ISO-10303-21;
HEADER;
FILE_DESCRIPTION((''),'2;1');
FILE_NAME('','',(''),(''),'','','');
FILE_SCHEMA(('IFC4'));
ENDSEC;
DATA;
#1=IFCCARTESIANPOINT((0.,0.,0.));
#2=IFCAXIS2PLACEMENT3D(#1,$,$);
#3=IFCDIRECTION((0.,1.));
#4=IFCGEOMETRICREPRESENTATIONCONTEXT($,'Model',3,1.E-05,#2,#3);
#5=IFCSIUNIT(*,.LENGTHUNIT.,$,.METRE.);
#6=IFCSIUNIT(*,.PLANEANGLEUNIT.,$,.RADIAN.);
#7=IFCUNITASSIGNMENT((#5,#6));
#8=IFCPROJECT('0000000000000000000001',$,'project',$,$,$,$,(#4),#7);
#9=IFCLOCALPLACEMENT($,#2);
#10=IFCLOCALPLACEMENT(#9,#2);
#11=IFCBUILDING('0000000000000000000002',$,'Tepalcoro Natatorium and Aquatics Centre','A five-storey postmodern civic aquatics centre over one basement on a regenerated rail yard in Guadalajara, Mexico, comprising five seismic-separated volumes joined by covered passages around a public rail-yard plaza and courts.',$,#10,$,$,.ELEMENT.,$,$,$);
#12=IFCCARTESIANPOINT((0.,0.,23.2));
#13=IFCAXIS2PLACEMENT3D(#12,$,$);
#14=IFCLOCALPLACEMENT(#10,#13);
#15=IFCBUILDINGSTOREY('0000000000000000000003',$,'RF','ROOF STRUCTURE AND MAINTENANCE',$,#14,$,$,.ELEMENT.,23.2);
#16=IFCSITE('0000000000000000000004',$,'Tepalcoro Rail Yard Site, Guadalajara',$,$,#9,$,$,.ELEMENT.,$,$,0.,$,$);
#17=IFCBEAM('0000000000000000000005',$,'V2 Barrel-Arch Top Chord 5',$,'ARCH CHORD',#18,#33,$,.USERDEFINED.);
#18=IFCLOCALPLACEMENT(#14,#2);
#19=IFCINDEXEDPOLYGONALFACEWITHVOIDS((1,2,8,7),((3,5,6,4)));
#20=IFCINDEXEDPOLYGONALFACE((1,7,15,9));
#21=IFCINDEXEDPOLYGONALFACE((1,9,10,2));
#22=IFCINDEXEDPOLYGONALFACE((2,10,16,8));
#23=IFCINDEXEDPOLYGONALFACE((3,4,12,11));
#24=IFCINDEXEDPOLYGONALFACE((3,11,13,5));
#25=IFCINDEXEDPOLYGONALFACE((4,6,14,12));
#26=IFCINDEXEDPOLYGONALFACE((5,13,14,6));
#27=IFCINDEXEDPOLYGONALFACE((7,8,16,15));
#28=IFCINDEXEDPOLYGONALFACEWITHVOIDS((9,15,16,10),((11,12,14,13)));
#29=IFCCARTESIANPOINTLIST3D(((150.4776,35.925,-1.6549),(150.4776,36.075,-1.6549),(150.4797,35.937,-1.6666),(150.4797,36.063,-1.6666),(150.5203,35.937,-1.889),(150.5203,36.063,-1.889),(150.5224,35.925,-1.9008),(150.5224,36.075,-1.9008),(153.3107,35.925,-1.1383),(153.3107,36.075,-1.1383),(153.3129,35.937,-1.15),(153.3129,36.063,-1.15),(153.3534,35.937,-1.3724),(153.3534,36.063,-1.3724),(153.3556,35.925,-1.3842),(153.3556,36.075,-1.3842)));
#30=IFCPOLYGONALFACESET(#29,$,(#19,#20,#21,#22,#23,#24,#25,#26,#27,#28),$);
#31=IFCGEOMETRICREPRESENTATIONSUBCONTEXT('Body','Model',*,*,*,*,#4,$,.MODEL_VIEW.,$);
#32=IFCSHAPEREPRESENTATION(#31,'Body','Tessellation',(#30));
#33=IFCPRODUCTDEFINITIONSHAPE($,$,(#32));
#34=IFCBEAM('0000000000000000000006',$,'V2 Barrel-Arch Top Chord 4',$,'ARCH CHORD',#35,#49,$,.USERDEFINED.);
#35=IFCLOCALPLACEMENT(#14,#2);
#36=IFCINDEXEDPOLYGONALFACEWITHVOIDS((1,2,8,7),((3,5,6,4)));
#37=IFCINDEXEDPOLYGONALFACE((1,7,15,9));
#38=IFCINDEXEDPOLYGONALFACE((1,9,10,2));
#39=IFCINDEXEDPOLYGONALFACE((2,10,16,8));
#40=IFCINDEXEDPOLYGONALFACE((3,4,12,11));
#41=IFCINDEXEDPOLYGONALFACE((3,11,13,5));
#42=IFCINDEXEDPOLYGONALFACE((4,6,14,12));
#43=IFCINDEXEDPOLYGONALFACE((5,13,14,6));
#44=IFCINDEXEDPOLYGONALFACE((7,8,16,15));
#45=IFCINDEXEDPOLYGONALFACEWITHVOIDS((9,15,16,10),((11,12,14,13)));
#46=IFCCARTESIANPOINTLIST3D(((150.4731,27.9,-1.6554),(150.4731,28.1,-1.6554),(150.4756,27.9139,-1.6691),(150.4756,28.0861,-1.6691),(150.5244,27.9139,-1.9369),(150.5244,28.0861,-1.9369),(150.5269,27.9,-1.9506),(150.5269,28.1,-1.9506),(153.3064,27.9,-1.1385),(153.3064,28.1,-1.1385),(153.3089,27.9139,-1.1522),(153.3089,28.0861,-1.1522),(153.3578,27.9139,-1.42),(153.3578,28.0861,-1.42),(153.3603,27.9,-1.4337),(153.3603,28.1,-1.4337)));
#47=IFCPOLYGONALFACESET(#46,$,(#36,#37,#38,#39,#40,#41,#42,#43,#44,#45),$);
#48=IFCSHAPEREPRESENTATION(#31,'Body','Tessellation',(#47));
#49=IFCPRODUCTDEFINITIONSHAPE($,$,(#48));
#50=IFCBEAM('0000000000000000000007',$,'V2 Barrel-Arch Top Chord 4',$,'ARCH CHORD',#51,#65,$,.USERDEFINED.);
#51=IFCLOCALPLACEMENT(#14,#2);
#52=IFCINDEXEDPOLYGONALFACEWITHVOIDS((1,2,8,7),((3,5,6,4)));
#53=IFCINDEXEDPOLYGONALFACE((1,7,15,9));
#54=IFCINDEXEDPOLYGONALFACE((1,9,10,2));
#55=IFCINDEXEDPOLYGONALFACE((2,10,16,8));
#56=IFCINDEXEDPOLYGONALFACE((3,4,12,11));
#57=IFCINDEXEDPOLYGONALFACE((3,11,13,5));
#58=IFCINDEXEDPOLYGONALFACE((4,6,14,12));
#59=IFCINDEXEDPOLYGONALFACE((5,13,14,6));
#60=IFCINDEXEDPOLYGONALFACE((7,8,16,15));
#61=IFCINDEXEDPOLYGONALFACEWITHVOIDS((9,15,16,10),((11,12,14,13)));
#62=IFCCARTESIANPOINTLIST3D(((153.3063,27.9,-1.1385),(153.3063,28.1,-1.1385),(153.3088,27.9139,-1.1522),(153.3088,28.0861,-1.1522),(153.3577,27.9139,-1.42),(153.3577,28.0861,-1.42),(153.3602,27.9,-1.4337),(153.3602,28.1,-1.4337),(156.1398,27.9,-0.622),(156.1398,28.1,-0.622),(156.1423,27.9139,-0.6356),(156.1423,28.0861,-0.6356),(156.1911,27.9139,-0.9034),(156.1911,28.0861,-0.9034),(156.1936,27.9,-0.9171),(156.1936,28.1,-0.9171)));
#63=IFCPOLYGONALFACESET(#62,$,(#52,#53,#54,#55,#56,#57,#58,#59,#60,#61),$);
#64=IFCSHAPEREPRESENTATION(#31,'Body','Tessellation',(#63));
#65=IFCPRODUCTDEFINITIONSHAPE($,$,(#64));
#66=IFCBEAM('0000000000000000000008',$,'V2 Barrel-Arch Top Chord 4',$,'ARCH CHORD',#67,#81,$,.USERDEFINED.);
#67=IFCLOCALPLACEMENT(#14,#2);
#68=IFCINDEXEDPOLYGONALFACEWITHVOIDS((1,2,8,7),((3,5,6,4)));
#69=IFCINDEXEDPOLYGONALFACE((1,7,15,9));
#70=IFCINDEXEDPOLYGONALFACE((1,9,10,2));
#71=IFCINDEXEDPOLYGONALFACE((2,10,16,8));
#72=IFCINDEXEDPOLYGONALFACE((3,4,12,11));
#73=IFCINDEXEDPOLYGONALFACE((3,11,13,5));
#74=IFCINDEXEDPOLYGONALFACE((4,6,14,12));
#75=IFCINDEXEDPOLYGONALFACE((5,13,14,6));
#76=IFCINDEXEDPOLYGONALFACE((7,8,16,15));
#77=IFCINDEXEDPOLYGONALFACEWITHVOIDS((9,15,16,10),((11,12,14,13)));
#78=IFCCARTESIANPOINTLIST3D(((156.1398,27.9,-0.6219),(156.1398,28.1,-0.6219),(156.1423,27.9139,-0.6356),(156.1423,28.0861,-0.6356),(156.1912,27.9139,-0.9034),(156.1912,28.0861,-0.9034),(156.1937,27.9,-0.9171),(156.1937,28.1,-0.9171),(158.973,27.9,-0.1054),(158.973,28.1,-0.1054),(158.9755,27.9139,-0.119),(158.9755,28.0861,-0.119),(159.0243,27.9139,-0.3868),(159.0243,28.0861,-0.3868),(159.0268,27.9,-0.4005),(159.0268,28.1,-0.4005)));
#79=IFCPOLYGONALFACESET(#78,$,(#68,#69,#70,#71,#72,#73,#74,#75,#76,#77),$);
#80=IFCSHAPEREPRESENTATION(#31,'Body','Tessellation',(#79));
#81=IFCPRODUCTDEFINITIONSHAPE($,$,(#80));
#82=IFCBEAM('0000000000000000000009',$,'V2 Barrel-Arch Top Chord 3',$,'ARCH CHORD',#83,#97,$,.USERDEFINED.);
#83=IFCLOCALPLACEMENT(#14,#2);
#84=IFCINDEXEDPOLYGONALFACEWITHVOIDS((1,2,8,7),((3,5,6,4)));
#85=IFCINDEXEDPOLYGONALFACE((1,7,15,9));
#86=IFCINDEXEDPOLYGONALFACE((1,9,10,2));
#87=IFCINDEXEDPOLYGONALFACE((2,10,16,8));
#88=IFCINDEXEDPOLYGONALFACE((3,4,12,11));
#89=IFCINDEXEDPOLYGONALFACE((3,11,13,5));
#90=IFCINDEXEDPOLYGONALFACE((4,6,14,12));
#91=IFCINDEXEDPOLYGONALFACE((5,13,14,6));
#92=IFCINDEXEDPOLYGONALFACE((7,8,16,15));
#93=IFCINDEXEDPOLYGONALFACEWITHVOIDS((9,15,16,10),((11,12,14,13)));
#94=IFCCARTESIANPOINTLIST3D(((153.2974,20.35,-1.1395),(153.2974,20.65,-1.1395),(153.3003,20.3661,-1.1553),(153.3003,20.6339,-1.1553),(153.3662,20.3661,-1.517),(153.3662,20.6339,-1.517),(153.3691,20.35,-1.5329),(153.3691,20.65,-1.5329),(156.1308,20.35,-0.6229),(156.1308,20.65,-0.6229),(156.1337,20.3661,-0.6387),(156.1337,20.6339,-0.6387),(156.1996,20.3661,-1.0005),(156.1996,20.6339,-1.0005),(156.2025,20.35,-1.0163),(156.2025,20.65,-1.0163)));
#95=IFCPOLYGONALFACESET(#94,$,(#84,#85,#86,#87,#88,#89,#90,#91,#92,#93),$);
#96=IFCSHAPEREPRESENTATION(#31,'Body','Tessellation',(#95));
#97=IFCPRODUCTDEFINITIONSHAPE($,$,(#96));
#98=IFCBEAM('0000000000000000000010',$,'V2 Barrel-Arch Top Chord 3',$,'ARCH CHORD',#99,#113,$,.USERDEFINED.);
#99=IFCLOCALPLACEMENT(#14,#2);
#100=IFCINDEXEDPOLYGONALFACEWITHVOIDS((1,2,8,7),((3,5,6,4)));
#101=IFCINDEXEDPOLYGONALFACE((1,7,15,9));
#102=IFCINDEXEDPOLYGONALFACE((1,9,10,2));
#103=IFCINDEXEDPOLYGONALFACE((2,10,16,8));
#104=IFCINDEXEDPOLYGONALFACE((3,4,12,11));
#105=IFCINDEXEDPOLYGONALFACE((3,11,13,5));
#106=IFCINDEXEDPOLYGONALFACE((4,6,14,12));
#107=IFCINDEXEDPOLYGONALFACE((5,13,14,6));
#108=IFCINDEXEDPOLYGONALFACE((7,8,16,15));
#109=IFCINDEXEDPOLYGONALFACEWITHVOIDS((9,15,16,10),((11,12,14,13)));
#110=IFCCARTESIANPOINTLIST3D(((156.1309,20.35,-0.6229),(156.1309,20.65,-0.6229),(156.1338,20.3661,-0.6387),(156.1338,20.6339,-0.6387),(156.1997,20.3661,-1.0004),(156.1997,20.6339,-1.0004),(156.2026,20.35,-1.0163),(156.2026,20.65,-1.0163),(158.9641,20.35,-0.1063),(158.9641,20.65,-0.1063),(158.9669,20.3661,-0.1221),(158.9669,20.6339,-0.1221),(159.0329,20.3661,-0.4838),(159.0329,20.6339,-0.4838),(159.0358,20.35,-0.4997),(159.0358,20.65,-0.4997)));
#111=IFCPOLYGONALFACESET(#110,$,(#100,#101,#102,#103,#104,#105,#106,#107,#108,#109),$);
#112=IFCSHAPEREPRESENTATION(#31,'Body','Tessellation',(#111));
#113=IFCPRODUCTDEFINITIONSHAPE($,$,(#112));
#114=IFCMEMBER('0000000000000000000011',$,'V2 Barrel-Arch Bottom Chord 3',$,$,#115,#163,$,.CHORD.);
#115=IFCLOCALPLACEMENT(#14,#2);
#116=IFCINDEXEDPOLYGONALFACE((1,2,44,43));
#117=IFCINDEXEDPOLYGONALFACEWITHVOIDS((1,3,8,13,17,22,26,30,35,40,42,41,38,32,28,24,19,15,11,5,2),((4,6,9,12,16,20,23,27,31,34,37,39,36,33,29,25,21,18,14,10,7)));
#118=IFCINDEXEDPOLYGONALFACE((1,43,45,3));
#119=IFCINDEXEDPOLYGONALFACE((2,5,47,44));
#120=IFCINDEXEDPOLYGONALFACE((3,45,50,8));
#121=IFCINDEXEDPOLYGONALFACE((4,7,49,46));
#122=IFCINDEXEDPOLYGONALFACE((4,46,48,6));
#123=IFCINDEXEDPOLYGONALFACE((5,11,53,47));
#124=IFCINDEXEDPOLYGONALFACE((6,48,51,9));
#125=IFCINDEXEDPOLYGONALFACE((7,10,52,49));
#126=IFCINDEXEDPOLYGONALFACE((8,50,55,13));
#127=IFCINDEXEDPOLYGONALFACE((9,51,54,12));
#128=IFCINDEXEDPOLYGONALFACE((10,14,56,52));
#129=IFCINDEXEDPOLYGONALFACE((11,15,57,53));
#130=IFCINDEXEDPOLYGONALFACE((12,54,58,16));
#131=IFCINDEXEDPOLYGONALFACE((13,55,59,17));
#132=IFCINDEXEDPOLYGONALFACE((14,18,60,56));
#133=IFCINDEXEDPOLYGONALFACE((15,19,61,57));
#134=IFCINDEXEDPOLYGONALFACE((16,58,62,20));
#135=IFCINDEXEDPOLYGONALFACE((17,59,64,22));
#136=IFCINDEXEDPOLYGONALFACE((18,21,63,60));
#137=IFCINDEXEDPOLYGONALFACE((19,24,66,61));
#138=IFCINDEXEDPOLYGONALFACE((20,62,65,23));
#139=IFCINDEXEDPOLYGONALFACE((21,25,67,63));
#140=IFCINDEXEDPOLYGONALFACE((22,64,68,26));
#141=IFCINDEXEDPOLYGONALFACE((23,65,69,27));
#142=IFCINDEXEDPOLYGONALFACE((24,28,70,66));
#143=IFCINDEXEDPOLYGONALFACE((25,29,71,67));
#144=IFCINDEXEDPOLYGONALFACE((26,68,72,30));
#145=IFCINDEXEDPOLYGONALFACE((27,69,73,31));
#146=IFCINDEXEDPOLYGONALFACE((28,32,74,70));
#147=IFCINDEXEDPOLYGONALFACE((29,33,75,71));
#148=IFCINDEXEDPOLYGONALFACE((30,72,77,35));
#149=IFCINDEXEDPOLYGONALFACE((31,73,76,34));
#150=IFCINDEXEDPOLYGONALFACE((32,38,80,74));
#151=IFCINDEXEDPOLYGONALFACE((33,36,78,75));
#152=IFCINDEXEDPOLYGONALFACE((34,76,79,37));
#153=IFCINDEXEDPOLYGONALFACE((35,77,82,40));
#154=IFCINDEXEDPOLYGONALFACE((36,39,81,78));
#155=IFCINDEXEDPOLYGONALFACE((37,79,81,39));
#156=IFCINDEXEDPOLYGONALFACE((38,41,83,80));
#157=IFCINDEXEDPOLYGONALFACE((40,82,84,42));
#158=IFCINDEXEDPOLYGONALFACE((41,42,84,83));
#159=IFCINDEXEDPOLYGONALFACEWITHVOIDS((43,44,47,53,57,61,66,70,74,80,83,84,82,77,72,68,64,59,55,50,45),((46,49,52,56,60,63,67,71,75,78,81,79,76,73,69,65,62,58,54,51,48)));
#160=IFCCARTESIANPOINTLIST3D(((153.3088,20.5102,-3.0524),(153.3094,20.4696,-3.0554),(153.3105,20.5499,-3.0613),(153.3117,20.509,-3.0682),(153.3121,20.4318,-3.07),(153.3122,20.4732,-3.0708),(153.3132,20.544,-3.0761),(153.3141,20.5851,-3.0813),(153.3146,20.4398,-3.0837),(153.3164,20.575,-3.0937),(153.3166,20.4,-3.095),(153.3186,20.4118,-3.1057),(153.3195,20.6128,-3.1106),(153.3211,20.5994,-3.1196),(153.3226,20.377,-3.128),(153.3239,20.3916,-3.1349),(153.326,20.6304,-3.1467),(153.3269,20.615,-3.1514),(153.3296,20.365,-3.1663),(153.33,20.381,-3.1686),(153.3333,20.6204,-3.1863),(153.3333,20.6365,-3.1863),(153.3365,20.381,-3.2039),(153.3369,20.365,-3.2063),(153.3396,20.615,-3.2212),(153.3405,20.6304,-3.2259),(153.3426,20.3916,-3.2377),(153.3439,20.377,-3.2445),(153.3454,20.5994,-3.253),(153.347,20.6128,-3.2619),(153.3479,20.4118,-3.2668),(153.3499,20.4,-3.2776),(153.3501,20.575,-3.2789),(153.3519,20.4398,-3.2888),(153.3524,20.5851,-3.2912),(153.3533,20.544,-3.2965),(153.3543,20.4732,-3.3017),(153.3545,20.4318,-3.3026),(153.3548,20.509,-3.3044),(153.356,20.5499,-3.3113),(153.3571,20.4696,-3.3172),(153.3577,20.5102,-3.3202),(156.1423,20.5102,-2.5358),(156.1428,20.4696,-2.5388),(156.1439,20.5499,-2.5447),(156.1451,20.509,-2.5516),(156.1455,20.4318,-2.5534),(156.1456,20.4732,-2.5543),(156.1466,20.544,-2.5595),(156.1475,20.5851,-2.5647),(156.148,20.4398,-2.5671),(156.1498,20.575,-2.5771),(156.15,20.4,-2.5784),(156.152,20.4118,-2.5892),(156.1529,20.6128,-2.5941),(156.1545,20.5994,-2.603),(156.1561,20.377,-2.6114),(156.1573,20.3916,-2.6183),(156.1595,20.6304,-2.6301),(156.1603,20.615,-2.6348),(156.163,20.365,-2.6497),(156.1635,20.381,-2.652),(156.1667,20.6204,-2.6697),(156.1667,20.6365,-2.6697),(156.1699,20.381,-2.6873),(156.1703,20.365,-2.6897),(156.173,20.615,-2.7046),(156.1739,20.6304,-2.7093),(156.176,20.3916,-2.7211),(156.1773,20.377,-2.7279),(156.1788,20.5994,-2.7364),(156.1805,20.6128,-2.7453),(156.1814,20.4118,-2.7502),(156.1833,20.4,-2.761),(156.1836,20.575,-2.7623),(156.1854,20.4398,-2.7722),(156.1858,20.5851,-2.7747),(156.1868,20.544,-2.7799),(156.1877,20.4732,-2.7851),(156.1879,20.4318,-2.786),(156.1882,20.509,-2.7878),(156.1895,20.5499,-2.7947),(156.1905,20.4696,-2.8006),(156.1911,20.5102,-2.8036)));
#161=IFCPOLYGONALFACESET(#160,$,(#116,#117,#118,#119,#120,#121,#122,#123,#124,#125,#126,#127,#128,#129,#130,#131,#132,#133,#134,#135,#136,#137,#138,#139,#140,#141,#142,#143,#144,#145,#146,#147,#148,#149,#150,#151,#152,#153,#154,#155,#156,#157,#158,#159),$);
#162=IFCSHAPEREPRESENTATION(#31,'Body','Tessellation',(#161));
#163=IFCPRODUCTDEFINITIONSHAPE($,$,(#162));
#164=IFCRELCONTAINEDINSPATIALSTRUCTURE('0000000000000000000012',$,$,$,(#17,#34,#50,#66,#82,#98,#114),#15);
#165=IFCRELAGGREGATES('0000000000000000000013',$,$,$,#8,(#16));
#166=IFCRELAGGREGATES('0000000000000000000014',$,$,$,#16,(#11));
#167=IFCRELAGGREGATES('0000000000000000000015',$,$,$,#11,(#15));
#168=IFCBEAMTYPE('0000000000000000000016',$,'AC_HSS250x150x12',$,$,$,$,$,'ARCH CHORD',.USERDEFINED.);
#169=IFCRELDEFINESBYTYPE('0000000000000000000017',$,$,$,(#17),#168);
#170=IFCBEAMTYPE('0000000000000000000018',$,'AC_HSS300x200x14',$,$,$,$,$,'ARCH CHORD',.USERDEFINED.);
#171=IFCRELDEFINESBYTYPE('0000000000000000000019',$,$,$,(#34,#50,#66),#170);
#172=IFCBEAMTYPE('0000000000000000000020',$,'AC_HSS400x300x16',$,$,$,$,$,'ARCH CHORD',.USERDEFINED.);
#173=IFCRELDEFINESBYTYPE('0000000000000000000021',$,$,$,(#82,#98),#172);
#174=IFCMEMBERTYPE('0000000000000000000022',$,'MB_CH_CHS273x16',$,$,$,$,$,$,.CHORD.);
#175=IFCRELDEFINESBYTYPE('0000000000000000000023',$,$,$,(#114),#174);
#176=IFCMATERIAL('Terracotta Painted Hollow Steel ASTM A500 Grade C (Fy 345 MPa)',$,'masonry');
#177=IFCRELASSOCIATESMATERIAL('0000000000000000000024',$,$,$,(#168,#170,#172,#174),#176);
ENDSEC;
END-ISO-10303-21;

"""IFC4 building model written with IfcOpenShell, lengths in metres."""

from ifc_helpers import new_model, si_unit, direction, frame, origin, origin_2d, place, context, subcontext, project, spatial, hollow_rectangle, hollow_circle, extrude, material, material_profile, profile_set, type_object, element, save


model = new_model("IFC4")

# Units and contexts
model_context = context("Model", 3, precision=1e-05, world=origin(), true_north=direction((0.0, 1.0)))
body_context = subcontext(model_context, "Body", "Model", "MODEL_VIEW")
ifc_project = project(units=[si_unit("LENGTHUNIT", "METRE"), si_unit("PLANEANGLEUNIT", "RADIAN")], contexts=[model_context])

# Site, building, storey
site_placement = place(None, origin())
site = spatial("IfcSite", under=ifc_project, at=site_placement, Name="Tepalcoro Rail Yard Site, Guadalajara", CompositionType="ELEMENT", RefElevation=0.0)
building_placement = place(site_placement, origin())
building = spatial("IfcBuilding", under=site, at=building_placement, Name="Tepalcoro Natatorium and Aquatics Centre", Description="A five-storey postmodern civic aquatics centre over one basement on a regenerated rail yard in Guadalajara, Mexico, comprising five seismic-separated volumes joined by covered passages around a public rail-yard plaza and courts.", CompositionType="ELEMENT")
storey_placement = place(building_placement, frame((0.0, 0.0, 23.2)))
storey = spatial("IfcBuildingStorey", under=building, at=storey_placement, Name="RF", Description="ROOF STRUCTURE AND MAINTENANCE", CompositionType="ELEMENT", Elevation=23.2)

# Beams
ifc_material_1 = material(Name="Terracotta Painted Hollow Steel ASTM A500 Grade C (Fy 345 MPa)", Category="masonry")
ifc_material_profile_1 = material_profile(ifc_material_1, hollow_rectangle(XDim=0.1499, YDim=0.25, WallThickness=0.012, at=origin_2d()), Name="HSS250X150X12")
ifc_profile_set_1 = profile_set([ifc_material_profile_1], Name="Terracotta Painted Hollow Steel ASTM A500 Grade C (Fy 345 MPa)")
beam_type_1 = type_object("IfcBeamType", Name="AC_HSS250x150x12", ElementType="ARCH CHORD", PredefinedType="USERDEFINED", material=ifc_profile_set_1)
beam_1_placement = place(storey_placement, frame((150.5, 36.0, -1.7778), z_axis=(0.98378, 0.0, 0.179378), x_axis=(0.0, 1.0, 0.0)))
element("IfcBeam", 1, at=beam_1_placement, inside=storey, type_object=beam_type_1, Name="V2 Barrel-Arch Top Chord 5", ObjectType="ARCH CHORD", PredefinedType="USERDEFINED", context=body_context, shape_type="SweptSolid", body=[
    extrude(hollow_rectangle(XDim=0.1499, YDim=0.25, WallThickness=0.012, at=origin_2d()), origin(), (0.0, 0.0, 1.0), 2.8799),
])
ifc_material_profile_2 = material_profile(ifc_material_1, hollow_rectangle(XDim=0.2, YDim=0.3, WallThickness=0.0139, at=origin_2d()), Name="HSS300X200X14")
ifc_profile_set_2 = profile_set([ifc_material_profile_2], Name="Terracotta Painted Hollow Steel ASTM A500 Grade C (Fy 345 MPa)")
beam_type_2 = type_object("IfcBeamType", Name="AC_HSS300x200x14", ElementType="ARCH CHORD", PredefinedType="USERDEFINED", material=ifc_profile_set_2)
for number, where, z_axis, x_axis, name in (
    (2, (150.5, 28.0, -1.803), (0.983765, 0.0, 0.17946), (0.0, 1.0, 0.0), "V2 Barrel-Arch Top Chord 4"),
    (3, (153.3333, 28.0, -1.2861), (0.983783, 0.0, 0.179363), (0.0, 1.0, 0.0), "V2 Barrel-Arch Top Chord 4"),
):
    element("IfcBeam", number, at=place(storey_placement, frame(where, z_axis=z_axis, x_axis=x_axis)), inside=storey, type_object=beam_type_2, Name=name, ObjectType="ARCH CHORD", PredefinedType="USERDEFINED", context=body_context, shape_type="SweptSolid", body=[
        extrude(hollow_rectangle(XDim=0.2, YDim=0.3, WallThickness=0.0139, at=origin_2d()), origin(), (0.0, 0.0, 1.0), 2.8801),
    ])
beam_2_placement = place(storey_placement, frame((156.1667, 28.0, -0.7695), z_axis=(0.98378, 0.0, 0.179378), x_axis=(0.0, 1.0, 0.0)))
element("IfcBeam", 4, at=beam_2_placement, inside=storey, type_object=beam_type_2, Name="V2 Barrel-Arch Top Chord 4", ObjectType="ARCH CHORD", PredefinedType="USERDEFINED", context=body_context, shape_type="SweptSolid", body=[
    extrude(hollow_rectangle(XDim=0.2, YDim=0.3, WallThickness=0.0139, at=origin_2d()), origin(), (0.0, 0.0, 1.0), 2.8799),
])
ifc_material_profile_3 = material_profile(ifc_material_1, hollow_rectangle(XDim=0.3, YDim=0.3999, WallThickness=0.0161, at=origin_2d()), Name="HSS400X300X16")
ifc_profile_set_3 = profile_set([ifc_material_profile_3], Name="Terracotta Painted Hollow Steel ASTM A500 Grade C (Fy 345 MPa)")
beam_type_3 = type_object("IfcBeamType", Name="AC_HSS400x300x16", ElementType="ARCH CHORD", PredefinedType="USERDEFINED", material=ifc_profile_set_3)
beam_3_placement = place(storey_placement, frame((153.3333, 20.5, -1.3362), z_axis=(0.983783, 0.0, 0.179363), x_axis=(0.0, 1.0, 0.0)))
element("IfcBeam", 5, at=beam_3_placement, inside=storey, type_object=beam_type_3, Name="V2 Barrel-Arch Top Chord 3", ObjectType="ARCH CHORD", PredefinedType="USERDEFINED", context=body_context, shape_type="SweptSolid", body=[
    extrude(hollow_rectangle(XDim=0.3, YDim=0.3999, WallThickness=0.0161, at=origin_2d()), origin(), (0.0, 0.0, 1.0), 2.8801),
])
beam_4_placement = place(storey_placement, frame((156.1667, 20.5, -0.8196), z_axis=(0.98378, 0.0, 0.179378), x_axis=(0.0, 1.0, 0.0)))
element("IfcBeam", 6, at=beam_4_placement, inside=storey, type_object=beam_type_3, Name="V2 Barrel-Arch Top Chord 3", ObjectType="ARCH CHORD", PredefinedType="USERDEFINED", context=body_context, shape_type="SweptSolid", body=[
    extrude(hollow_rectangle(XDim=0.3, YDim=0.3999, WallThickness=0.0161, at=origin_2d()), origin(), (0.0, 0.0, 1.0), 2.8799),
])

# Member
ifc_material_profile_4 = material_profile(ifc_material_1, hollow_circle(Radius=0.1365, WallThickness=0.0161, at=origin_2d()), Name="CHS273X16")
ifc_profile_set_4 = profile_set([ifc_material_profile_4], Name="Terracotta Painted Hollow Steel ASTM A500 Grade C (Fy 345 MPa)")
member_type_1 = type_object("IfcMemberType", Name="MB_CH_CHS273x16", PredefinedType="CHORD", material=ifc_profile_set_4)
for number, where, z_axis, x_axis, name in (
    (7, (153.3333, 20.5, -3.1863), (0.983783, 0.0, 0.179363), (0.0, 1.0, 0.0), "V2 Barrel-Arch Bottom Chord 3"),
):
    element("IfcMember", number, at=place(storey_placement, frame(where, z_axis=z_axis, x_axis=x_axis)), inside=storey, type_object=member_type_1, Name=name, PredefinedType="CHORD", context=body_context, shape_type="SweptSolid", body=[
        extrude(hollow_circle(Radius=0.1365, WallThickness=0.0161, at=origin_2d()), origin(), (0.0, 0.0, 1.0), 2.8801),
    ])

save(model, "model.ifc")
